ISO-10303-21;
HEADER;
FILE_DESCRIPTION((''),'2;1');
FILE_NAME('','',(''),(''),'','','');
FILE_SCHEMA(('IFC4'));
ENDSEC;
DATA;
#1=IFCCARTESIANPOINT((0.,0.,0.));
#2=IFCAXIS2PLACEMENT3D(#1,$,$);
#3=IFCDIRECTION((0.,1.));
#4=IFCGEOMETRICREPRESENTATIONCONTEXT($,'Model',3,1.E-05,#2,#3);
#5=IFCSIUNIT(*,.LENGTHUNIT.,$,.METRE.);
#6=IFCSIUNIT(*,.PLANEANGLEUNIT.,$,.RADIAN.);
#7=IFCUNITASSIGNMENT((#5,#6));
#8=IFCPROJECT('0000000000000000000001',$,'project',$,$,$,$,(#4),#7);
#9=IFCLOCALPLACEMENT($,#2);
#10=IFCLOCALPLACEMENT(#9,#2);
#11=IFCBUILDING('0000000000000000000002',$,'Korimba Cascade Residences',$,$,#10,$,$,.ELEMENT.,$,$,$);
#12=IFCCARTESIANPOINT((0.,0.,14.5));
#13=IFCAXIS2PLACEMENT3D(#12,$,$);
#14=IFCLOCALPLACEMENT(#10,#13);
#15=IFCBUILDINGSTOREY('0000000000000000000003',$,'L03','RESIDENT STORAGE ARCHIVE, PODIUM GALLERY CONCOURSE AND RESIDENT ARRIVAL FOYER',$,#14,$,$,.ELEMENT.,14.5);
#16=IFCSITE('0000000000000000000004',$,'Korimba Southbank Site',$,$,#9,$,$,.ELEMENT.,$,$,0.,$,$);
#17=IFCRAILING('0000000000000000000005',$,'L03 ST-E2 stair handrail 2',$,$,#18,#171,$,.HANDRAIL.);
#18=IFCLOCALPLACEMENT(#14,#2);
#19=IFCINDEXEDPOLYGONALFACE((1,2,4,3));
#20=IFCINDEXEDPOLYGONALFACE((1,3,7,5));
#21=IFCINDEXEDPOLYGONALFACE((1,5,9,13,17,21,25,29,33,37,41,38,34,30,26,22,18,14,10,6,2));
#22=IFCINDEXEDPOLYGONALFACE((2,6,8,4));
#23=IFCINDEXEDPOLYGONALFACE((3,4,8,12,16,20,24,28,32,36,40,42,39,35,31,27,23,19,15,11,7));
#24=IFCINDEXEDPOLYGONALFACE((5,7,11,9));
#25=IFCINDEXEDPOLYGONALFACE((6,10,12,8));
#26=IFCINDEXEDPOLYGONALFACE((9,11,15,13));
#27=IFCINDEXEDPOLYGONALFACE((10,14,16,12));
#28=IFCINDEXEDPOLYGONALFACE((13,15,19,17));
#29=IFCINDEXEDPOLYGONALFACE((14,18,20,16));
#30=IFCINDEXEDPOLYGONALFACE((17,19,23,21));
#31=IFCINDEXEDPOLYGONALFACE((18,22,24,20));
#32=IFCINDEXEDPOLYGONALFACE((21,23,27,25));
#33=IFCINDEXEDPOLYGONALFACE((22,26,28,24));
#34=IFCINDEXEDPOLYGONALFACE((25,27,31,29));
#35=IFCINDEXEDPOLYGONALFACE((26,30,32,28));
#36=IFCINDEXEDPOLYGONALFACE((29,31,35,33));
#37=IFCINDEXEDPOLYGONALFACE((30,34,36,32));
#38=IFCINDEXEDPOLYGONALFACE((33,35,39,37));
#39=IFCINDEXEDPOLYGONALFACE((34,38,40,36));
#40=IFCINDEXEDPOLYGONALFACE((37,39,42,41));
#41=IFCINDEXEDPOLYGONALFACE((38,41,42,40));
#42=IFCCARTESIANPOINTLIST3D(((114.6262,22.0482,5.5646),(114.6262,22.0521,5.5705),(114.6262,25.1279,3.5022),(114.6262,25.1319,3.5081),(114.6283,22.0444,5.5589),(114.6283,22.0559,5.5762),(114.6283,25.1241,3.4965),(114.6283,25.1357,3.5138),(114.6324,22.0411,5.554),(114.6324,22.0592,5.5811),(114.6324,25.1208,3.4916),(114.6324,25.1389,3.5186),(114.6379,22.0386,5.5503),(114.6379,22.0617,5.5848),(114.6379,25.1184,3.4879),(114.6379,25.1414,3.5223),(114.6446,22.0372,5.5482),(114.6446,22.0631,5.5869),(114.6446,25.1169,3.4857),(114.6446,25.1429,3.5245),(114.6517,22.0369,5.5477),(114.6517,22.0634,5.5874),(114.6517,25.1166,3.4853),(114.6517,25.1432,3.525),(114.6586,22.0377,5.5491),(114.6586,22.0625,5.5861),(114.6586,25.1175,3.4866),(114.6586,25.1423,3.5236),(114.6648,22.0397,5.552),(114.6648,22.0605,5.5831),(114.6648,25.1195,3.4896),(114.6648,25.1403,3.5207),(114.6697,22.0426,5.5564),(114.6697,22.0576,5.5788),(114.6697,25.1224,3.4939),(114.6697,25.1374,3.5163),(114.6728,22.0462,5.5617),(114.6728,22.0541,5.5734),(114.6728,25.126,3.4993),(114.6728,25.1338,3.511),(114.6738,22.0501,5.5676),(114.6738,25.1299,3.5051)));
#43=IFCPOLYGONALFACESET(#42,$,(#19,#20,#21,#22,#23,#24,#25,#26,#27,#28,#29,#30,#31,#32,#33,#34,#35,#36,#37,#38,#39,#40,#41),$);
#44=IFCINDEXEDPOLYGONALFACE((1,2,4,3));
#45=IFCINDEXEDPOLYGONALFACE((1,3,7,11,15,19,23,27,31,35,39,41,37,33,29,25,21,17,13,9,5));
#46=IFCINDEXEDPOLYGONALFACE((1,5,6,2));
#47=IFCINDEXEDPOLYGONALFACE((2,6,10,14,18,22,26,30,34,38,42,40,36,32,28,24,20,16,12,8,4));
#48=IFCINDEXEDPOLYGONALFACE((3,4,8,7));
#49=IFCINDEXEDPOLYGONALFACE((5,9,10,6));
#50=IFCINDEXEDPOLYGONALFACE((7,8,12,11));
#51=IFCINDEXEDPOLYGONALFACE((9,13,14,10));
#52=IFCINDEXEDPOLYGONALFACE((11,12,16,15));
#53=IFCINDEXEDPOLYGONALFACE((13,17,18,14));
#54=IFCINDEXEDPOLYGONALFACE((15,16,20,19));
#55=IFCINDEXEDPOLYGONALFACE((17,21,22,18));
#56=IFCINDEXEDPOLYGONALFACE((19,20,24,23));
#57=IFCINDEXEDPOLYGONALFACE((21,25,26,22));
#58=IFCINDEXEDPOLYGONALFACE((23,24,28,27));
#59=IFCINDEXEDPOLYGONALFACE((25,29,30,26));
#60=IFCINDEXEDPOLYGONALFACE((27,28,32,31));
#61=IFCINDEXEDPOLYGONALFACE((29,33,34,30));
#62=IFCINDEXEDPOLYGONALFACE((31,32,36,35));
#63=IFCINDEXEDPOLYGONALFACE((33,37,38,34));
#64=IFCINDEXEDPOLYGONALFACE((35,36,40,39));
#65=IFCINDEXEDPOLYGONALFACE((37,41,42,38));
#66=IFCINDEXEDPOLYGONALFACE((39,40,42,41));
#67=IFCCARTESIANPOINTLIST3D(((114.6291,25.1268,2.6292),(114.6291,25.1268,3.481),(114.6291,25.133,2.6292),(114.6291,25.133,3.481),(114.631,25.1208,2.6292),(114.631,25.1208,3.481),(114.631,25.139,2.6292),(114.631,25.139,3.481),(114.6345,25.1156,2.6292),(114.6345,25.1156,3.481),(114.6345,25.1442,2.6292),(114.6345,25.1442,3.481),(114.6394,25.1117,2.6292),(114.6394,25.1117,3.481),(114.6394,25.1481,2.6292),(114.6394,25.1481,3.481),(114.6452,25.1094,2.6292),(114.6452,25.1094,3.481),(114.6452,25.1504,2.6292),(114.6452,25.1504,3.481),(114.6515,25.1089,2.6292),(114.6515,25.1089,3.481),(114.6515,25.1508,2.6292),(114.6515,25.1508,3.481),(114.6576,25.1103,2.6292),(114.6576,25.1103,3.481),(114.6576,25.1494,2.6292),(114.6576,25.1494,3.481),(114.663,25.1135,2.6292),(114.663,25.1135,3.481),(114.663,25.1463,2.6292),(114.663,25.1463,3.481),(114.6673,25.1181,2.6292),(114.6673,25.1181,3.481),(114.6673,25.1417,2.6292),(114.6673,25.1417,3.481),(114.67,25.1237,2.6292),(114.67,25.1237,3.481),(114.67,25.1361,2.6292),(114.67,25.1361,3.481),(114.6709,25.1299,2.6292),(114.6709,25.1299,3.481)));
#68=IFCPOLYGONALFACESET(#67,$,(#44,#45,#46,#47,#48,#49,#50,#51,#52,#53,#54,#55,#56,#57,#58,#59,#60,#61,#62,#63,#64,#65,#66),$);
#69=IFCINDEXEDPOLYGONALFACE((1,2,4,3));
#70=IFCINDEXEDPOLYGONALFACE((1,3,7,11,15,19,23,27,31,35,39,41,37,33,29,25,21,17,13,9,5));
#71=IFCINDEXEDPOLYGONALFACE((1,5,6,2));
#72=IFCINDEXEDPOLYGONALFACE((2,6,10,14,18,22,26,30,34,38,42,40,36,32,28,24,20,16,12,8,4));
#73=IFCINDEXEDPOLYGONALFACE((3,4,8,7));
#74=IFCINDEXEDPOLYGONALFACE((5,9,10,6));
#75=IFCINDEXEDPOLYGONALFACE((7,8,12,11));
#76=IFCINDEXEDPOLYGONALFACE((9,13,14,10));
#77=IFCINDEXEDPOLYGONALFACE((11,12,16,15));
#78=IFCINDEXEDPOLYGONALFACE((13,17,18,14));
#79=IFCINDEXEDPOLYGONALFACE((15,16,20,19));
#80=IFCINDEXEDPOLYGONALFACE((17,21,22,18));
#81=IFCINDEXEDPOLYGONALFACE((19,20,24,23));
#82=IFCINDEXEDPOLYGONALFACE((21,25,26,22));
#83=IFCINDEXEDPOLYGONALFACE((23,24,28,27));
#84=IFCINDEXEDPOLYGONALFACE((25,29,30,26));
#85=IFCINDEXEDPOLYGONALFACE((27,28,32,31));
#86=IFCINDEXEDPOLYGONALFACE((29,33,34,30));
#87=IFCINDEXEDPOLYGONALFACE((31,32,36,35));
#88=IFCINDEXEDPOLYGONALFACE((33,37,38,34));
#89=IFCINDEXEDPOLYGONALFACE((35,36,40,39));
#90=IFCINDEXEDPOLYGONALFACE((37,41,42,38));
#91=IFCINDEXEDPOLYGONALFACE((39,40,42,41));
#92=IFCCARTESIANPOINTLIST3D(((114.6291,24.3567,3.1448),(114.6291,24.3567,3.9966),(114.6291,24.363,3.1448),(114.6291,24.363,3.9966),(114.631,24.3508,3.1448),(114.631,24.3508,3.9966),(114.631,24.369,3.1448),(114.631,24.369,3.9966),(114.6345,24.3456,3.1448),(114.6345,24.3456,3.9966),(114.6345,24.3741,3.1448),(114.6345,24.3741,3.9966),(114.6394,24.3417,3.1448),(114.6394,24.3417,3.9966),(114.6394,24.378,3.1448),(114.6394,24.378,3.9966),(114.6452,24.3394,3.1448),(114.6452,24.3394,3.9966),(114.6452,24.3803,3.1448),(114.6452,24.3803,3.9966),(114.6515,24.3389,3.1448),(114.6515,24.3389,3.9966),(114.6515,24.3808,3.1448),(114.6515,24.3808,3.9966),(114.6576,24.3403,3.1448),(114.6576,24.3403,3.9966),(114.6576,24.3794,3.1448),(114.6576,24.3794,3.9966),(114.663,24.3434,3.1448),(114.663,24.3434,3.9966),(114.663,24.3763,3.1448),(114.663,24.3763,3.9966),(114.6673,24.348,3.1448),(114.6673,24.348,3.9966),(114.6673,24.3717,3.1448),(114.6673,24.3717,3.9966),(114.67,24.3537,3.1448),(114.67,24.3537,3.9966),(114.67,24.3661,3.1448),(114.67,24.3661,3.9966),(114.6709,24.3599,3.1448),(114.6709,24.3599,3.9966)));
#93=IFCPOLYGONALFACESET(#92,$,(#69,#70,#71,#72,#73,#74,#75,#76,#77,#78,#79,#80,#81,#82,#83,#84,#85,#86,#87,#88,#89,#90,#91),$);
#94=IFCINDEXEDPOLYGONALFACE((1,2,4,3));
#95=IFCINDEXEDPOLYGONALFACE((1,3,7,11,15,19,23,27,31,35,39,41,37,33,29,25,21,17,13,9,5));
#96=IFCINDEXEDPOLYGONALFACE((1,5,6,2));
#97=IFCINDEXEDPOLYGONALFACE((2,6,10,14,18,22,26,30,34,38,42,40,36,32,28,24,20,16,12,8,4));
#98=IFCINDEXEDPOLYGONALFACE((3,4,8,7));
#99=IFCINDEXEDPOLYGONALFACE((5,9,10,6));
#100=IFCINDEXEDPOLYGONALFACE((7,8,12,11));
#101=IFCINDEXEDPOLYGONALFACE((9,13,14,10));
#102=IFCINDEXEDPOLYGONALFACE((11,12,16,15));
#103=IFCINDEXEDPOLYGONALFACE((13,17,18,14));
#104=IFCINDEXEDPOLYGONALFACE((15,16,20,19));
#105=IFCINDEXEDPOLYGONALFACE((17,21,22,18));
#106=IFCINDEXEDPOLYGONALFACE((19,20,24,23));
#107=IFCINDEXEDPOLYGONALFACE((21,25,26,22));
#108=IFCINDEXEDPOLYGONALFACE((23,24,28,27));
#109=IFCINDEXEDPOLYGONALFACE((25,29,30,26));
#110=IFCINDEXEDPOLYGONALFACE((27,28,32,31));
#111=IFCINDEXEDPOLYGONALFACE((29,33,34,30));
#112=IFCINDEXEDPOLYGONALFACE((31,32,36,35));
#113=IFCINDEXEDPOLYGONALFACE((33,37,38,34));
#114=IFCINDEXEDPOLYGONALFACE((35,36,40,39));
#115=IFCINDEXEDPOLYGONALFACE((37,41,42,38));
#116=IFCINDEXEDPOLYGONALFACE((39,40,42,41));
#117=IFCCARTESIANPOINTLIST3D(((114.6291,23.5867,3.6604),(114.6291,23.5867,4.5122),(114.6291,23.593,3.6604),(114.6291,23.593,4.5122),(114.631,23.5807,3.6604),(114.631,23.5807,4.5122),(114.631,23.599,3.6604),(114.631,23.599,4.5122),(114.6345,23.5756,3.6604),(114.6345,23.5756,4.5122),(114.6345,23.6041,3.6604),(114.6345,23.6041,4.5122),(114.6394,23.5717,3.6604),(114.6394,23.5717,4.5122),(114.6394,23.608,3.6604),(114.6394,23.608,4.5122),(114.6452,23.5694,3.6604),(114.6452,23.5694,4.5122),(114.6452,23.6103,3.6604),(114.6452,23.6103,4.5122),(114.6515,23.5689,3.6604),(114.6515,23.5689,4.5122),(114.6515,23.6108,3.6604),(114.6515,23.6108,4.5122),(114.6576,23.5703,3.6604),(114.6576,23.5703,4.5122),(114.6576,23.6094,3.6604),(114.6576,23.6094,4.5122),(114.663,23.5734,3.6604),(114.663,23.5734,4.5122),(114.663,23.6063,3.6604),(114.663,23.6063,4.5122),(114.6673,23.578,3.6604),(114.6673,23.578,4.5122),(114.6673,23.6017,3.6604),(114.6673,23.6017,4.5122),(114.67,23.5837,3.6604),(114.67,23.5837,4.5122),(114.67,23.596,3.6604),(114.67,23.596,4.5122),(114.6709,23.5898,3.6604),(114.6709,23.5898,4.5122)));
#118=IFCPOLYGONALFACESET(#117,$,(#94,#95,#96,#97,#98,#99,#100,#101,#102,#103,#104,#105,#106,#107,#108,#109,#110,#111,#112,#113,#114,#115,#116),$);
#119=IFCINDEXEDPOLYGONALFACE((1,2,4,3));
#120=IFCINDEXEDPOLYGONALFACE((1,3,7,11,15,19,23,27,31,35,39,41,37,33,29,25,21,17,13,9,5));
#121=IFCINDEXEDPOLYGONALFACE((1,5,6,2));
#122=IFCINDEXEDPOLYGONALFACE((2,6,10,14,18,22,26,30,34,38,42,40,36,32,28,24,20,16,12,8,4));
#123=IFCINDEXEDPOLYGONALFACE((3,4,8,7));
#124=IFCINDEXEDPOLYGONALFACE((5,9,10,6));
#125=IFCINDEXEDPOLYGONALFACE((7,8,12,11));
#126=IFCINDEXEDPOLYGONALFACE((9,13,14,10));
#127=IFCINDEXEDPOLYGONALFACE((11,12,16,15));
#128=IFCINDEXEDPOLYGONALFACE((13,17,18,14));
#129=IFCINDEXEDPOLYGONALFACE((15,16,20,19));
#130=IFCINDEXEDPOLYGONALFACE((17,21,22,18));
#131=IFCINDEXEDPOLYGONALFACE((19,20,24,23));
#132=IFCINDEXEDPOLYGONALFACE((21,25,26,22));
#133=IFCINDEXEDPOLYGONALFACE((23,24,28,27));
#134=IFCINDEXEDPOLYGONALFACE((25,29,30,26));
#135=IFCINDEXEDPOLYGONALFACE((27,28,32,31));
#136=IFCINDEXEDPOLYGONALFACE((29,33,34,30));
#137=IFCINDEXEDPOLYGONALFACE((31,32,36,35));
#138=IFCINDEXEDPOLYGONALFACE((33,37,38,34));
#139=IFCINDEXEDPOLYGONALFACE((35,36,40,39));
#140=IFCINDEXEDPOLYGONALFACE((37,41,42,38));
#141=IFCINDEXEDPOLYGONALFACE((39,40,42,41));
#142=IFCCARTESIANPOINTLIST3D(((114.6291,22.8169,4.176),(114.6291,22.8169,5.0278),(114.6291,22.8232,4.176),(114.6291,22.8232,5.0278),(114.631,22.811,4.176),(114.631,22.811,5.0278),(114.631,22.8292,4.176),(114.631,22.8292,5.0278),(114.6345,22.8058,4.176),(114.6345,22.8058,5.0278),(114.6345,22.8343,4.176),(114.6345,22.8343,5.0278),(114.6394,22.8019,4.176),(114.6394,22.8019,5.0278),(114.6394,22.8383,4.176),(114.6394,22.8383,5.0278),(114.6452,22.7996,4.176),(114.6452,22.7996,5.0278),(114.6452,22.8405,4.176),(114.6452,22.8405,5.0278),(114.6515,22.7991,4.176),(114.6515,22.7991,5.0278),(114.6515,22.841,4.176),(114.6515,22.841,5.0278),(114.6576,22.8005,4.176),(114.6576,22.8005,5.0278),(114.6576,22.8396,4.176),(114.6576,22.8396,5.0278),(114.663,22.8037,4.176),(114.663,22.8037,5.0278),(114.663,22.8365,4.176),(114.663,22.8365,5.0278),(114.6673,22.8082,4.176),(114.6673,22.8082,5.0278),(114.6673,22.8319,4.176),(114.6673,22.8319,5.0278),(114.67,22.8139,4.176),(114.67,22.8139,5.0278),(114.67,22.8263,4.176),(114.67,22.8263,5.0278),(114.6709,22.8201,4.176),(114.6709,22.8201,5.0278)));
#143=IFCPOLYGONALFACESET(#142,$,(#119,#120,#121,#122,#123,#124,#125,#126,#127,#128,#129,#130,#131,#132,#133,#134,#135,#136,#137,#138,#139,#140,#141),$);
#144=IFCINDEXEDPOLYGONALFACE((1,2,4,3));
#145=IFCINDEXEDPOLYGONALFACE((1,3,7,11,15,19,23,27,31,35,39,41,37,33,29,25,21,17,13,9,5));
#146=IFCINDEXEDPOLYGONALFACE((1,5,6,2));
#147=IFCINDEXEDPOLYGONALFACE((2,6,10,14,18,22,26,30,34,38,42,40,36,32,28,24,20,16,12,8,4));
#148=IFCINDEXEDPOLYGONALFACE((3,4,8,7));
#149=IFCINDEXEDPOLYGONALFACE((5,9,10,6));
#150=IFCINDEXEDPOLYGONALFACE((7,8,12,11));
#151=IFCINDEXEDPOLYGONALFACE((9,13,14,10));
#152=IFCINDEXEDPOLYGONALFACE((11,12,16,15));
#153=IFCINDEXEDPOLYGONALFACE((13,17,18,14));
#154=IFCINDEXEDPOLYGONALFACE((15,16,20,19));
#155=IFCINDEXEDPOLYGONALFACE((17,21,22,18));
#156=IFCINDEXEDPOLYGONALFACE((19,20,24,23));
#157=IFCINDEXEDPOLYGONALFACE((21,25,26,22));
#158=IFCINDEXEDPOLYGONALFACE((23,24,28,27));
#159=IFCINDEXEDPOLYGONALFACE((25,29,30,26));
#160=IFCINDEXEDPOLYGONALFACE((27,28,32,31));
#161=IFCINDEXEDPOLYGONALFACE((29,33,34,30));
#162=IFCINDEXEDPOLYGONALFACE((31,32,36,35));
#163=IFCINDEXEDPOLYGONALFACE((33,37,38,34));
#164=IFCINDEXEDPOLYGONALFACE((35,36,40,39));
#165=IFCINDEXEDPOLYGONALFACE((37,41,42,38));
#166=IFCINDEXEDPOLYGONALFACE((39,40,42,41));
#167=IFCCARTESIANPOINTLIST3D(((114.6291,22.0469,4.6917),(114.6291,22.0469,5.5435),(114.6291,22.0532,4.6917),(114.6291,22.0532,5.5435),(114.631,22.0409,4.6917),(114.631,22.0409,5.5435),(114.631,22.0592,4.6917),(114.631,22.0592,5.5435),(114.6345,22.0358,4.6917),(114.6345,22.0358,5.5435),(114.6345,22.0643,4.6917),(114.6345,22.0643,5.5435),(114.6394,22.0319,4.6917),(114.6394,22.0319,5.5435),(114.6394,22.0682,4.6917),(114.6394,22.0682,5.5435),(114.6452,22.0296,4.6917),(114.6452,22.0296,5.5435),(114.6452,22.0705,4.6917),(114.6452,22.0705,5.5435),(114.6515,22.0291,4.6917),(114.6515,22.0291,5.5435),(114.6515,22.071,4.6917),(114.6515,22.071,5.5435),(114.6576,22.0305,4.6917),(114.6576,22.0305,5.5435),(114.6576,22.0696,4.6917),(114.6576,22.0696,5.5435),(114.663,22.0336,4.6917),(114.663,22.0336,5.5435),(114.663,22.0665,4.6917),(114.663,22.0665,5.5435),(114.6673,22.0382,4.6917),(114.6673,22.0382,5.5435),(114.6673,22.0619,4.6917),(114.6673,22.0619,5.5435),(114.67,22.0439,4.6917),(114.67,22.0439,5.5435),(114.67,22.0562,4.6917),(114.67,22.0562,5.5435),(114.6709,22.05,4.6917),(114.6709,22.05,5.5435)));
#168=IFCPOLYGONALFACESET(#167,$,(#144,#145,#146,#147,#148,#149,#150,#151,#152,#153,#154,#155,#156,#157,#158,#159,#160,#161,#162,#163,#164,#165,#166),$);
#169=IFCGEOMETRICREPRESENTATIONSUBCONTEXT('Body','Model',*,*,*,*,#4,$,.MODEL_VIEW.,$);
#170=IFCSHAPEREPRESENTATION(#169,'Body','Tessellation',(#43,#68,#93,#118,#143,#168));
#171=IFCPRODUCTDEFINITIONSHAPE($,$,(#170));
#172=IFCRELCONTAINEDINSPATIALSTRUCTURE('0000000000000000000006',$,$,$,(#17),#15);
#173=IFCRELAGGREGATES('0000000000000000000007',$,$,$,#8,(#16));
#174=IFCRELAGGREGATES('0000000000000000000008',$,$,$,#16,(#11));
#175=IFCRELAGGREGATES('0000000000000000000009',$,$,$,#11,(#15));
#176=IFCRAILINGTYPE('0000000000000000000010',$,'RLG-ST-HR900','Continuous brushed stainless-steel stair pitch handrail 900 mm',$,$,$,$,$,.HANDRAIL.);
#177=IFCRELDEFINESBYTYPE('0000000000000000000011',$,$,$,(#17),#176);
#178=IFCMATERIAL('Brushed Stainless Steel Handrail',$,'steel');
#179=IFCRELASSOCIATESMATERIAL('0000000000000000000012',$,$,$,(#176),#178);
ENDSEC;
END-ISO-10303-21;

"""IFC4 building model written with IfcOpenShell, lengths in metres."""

from ifc_helpers import new_model, si_unit, direction, frame, origin, origin_2d, place, context, subcontext, project, spatial, circle, extrude, material, type_object, element, save


model = new_model("IFC4")

# Units and contexts
model_context = context("Model", 3, precision=1e-05, world=origin(), true_north=direction((0.0, 1.0)))
body_context = subcontext(model_context, "Body", "Model", "MODEL_VIEW")
ifc_project = project(units=[si_unit("LENGTHUNIT", "METRE"), si_unit("PLANEANGLEUNIT", "RADIAN")], contexts=[model_context])

# Site, building, storey
site_placement = place(None, origin())
site = spatial("IfcSite", under=ifc_project, at=site_placement, Name="Korimba Southbank Site", CompositionType="ELEMENT", RefElevation=0.0)
building_placement = place(site_placement, origin())
building = spatial("IfcBuilding", under=site, at=building_placement, Name="Korimba Cascade Residences", CompositionType="ELEMENT")
storey_placement = place(building_placement, frame((0.0, 0.0, 14.5)))
storey = spatial("IfcBuildingStorey", under=building, at=storey_placement, Name="L03", Description="RESIDENT STORAGE ARCHIVE, PODIUM GALLERY CONCOURSE AND RESIDENT ARRIVAL FOYER", CompositionType="ELEMENT", Elevation=14.5)

# Railing
ifc_material_1 = material(Name="Brushed Stainless Steel Handrail", Category="steel")
railing_type_1 = type_object("IfcRailingType", Name="RLG-ST-HR900", Description="Continuous brushed stainless-steel stair pitch handrail 900 mm", PredefinedType="HANDRAIL", material=ifc_material_1)
railing_1_placement = place(storey_placement, frame((114.6499, 25.1299, 2.6292)))
element("IfcRailing", 1, at=railing_1_placement, inside=storey, type_object=railing_type_1, Name="L03 ST-E2 stair handrail 2", PredefinedType="HANDRAIL", context=body_context, shape_type="SweptSolid", body=[
    extrude(circle(Radius=0.0239, at=origin_2d()), frame((0.0, 0.0, 0.876), z_axis=(0.0, -0.830893, 0.556432), x_axis=(1.0, 0.0, 0.0)), (0.0, 0.0, 1.0), 3.7065),
    extrude(circle(Radius=0.021, at=origin_2d()), origin(), (0.0, 0.0, 1.0), 0.8518),
    extrude(circle(Radius=0.021, at=origin_2d()), frame((0.0, -0.77, 0.5156)), (0.0, 0.0, 1.0), 0.8518),
    extrude(circle(Radius=0.021, at=origin_2d()), frame((0.0, -1.54, 1.0312)), (0.0, 0.0, 1.0), 0.8518),
    extrude(circle(Radius=0.021, at=origin_2d()), frame((0.0, -2.3098, 1.5469)), (0.0, 0.0, 1.0), 0.8518),
    extrude(circle(Radius=0.021, at=origin_2d()), frame((0.0, -3.0798, 2.0625)), (0.0, 0.0, 1.0), 0.8518),
])

save(model, "model.ifc")
